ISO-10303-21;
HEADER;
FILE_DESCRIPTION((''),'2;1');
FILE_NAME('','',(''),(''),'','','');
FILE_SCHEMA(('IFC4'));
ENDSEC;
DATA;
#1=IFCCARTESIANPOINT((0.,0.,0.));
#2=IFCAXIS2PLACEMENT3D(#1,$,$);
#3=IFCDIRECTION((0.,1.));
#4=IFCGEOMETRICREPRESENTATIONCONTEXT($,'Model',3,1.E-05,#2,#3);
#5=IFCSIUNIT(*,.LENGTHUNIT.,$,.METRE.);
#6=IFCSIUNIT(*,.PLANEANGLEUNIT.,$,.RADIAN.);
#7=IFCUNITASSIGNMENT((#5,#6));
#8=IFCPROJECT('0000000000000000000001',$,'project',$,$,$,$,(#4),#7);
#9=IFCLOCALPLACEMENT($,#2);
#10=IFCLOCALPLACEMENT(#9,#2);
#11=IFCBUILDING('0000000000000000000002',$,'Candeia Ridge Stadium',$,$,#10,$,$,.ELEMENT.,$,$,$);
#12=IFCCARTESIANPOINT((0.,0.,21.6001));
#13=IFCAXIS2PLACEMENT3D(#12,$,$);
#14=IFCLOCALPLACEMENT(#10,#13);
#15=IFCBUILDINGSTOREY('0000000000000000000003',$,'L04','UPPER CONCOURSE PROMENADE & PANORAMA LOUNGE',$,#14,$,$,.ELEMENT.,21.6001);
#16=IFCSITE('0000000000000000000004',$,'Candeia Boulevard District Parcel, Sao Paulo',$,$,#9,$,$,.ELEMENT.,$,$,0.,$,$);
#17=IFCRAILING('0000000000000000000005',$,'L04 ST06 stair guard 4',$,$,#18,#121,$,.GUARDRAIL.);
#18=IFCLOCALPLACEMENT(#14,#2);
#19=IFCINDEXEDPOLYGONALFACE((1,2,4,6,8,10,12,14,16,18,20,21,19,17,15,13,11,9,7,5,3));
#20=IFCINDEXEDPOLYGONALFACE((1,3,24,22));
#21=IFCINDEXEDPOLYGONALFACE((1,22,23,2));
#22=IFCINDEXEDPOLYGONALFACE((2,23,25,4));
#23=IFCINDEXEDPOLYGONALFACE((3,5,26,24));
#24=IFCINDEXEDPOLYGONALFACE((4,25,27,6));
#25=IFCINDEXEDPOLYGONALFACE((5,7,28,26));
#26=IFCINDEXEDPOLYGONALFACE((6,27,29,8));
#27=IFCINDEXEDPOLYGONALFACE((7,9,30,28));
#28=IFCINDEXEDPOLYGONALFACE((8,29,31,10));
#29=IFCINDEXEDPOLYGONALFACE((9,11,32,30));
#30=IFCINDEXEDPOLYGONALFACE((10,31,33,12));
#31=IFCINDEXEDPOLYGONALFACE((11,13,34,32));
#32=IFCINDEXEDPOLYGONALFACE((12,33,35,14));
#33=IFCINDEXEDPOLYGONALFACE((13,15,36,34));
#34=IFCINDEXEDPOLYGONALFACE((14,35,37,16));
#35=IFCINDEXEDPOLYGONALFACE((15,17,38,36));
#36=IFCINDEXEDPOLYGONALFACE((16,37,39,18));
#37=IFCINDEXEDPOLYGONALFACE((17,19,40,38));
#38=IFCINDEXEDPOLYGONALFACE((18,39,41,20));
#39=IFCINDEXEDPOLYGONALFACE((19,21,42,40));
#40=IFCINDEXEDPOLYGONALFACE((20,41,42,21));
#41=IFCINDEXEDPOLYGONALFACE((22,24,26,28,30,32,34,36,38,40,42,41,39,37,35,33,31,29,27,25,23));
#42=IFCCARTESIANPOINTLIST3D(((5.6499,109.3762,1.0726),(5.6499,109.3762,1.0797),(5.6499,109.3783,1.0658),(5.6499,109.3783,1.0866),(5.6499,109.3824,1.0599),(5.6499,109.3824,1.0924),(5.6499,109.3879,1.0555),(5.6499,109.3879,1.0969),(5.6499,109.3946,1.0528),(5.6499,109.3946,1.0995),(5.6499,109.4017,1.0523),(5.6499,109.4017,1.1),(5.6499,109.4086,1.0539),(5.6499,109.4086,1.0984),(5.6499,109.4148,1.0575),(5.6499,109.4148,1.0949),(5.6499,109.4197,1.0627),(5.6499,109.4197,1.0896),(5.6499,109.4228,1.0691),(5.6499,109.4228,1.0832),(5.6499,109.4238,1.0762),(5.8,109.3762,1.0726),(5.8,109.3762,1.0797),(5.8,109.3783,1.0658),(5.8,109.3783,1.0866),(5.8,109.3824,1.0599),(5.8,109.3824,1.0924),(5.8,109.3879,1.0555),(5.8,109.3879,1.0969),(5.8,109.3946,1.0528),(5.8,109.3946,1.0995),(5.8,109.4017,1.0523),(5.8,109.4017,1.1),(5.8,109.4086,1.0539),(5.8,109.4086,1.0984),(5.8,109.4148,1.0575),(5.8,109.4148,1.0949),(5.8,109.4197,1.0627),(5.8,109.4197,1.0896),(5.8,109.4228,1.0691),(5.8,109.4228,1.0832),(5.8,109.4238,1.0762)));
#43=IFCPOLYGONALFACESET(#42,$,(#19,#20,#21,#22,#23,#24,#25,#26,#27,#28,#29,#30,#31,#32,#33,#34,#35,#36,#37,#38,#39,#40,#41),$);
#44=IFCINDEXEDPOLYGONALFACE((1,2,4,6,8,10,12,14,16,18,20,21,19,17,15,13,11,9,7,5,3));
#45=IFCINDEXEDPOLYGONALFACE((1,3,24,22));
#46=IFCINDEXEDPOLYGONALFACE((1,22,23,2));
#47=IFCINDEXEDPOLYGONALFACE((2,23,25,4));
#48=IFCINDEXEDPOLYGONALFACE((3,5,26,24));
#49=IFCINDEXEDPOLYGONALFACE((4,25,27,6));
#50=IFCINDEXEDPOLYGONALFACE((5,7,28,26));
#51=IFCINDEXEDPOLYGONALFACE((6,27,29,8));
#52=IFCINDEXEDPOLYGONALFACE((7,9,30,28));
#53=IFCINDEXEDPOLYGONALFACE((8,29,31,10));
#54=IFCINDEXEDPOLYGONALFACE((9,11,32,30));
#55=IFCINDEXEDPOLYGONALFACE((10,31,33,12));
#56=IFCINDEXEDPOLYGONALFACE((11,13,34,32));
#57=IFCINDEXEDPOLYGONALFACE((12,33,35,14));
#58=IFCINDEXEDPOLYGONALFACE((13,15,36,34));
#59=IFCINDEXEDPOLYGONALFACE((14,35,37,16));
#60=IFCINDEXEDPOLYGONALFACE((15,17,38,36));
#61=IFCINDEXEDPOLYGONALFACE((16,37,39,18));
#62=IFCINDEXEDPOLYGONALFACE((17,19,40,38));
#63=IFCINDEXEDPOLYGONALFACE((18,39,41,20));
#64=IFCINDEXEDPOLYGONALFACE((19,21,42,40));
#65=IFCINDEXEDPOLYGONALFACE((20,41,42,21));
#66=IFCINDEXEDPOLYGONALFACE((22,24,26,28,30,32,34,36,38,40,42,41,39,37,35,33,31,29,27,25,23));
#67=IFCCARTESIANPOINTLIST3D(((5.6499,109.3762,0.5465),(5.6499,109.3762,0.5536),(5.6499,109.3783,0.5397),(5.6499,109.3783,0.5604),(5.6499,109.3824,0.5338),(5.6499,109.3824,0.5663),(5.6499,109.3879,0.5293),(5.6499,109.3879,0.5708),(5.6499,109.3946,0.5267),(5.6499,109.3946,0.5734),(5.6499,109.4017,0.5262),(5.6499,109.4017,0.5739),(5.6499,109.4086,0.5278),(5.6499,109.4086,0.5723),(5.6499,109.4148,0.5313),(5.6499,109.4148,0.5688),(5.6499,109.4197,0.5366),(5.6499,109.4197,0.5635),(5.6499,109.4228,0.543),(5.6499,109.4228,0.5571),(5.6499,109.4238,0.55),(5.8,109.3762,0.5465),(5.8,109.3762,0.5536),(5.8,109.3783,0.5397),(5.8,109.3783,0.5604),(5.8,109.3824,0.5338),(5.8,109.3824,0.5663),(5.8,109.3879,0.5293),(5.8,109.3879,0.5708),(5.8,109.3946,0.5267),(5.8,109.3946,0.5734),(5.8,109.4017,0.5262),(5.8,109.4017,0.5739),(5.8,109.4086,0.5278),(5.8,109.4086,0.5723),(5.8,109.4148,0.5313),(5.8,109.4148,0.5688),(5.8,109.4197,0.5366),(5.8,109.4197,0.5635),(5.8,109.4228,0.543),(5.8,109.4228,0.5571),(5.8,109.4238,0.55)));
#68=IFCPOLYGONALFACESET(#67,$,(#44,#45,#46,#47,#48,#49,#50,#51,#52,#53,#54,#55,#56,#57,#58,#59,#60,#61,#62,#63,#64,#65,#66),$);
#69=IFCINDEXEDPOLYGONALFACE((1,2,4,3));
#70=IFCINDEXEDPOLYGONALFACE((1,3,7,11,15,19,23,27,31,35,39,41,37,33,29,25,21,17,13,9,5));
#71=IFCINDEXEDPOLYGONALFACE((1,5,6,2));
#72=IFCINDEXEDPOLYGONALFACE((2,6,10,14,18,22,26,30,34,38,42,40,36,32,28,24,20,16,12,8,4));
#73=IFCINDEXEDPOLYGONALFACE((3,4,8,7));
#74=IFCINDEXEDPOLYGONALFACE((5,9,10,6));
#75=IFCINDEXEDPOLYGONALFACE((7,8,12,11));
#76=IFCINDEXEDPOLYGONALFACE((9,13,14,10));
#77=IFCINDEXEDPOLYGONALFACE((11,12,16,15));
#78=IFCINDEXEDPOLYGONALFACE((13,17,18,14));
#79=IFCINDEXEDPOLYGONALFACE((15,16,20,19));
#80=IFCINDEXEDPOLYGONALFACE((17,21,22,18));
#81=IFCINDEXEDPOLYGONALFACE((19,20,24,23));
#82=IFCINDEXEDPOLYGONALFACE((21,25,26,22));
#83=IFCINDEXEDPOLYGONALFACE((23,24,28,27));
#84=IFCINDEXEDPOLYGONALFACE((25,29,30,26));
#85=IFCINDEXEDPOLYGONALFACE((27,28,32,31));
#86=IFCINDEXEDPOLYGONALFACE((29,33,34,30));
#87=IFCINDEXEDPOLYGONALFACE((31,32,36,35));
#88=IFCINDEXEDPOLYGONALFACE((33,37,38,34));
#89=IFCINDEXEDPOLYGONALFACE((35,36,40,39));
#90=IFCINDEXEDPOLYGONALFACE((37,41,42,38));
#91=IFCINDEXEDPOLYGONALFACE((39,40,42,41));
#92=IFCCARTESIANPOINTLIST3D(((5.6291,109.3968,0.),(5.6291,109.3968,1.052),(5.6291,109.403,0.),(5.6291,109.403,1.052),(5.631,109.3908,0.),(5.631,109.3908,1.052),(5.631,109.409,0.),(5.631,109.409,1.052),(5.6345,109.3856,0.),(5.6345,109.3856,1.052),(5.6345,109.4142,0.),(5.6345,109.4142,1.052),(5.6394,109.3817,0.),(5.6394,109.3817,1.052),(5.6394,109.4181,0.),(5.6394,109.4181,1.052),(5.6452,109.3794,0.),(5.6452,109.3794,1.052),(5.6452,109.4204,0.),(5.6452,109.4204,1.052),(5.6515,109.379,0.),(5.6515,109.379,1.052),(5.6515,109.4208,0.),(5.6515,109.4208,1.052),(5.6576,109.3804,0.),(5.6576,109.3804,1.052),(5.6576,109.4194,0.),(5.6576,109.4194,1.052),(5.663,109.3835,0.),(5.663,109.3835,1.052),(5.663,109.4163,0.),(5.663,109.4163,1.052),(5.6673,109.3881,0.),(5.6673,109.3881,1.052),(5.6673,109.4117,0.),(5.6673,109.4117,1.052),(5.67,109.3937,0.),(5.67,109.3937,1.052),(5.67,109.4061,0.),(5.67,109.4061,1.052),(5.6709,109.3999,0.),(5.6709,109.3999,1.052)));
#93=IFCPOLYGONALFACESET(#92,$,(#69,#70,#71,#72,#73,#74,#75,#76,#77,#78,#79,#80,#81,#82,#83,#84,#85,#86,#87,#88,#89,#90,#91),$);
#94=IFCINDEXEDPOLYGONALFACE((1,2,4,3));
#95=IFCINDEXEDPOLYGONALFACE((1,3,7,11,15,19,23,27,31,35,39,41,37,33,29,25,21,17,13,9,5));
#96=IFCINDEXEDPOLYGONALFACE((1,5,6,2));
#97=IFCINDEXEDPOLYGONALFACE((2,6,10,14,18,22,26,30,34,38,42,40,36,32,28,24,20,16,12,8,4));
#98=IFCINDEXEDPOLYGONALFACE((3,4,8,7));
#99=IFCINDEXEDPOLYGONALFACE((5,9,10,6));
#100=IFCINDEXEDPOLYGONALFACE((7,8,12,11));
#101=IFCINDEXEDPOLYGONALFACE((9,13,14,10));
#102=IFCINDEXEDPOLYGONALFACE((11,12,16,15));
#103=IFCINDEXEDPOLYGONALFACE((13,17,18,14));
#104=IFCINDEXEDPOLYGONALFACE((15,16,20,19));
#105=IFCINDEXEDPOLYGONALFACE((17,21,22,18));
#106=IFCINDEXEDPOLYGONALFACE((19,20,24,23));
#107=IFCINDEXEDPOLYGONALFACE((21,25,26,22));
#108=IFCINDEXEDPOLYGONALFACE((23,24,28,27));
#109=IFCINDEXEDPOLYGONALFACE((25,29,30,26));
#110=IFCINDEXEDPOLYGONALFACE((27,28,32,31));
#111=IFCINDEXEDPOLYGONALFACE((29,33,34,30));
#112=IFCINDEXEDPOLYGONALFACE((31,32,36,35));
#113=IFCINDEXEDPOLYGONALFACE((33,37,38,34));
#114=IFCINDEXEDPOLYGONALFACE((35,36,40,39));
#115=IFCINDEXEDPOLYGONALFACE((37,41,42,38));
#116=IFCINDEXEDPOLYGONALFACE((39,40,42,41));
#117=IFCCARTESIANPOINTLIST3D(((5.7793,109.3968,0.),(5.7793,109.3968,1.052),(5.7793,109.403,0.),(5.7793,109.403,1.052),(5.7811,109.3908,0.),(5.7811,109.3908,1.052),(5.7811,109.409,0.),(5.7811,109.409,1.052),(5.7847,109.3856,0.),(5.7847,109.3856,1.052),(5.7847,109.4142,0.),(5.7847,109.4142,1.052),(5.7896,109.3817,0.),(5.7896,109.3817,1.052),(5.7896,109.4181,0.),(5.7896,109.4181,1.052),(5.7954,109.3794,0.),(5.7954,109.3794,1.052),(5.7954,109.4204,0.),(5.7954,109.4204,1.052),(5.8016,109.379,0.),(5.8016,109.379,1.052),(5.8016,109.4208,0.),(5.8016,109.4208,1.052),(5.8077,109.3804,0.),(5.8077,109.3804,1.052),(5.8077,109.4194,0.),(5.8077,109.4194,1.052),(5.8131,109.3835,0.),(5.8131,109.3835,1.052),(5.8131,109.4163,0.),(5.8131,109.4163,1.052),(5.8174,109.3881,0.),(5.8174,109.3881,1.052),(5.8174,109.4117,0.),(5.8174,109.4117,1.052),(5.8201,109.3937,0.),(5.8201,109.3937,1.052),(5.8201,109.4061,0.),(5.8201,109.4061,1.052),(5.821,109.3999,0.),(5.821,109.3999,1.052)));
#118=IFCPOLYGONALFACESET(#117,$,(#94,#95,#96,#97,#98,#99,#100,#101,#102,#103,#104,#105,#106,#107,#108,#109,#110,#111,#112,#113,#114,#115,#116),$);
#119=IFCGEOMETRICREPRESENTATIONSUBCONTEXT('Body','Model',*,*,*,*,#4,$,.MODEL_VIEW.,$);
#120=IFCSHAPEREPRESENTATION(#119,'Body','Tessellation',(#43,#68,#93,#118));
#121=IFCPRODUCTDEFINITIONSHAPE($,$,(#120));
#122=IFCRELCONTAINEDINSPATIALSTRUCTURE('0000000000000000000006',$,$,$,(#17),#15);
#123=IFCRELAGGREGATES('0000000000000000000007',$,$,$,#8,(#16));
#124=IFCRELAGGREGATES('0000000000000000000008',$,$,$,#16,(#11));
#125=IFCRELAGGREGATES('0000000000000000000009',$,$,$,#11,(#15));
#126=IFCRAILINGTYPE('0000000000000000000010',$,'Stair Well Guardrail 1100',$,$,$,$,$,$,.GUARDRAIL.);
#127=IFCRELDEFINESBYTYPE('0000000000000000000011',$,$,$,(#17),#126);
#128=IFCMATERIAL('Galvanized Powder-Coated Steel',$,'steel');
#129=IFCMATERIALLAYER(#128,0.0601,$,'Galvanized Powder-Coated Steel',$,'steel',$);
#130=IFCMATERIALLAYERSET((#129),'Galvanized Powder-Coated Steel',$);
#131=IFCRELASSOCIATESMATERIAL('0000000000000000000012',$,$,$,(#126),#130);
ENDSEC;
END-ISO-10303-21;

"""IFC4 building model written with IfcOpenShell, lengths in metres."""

from ifc_helpers import new_model, si_unit, direction, frame, origin, origin_2d, place, context, subcontext, project, spatial, circle, extrude, material, layer, layer_set, type_object, element, save


model = new_model("IFC4")

# Units and contexts
model_context = context("Model", 3, precision=1e-05, world=origin(), true_north=direction((0.0, 1.0)))
body_context = subcontext(model_context, "Body", "Model", "MODEL_VIEW")
ifc_project = project(units=[si_unit("LENGTHUNIT", "METRE"), si_unit("PLANEANGLEUNIT", "RADIAN")], contexts=[model_context])

# Site, building, storey
site_placement = place(None, origin())
site = spatial("IfcSite", under=ifc_project, at=site_placement, Name="Candeia Boulevard District Parcel, Sao Paulo", CompositionType="ELEMENT", RefElevation=0.0)
building_placement = place(site_placement, origin())
building = spatial("IfcBuilding", under=site, at=building_placement, Name="Candeia Ridge Stadium", CompositionType="ELEMENT")
storey_placement = place(building_placement, frame((0.0, 0.0, 21.6001)))
storey = spatial("IfcBuildingStorey", under=building, at=storey_placement, Name="L04", Description="UPPER CONCOURSE PROMENADE & PANORAMA LOUNGE", CompositionType="ELEMENT", Elevation=21.6001)

# Railing
ifc_material_1 = material(Name="Galvanized Powder-Coated Steel", Category="steel")
ifc_layer_1 = layer(ifc_material_1, 0.0601, Name="Galvanized Powder-Coated Steel", Category="steel")
ifc_layer_set_1 = layer_set([ifc_layer_1], Name="Galvanized Powder-Coated Steel")
railing_type_1 = type_object("IfcRailingType", Name="Stair Well Guardrail 1100", PredefinedType="GUARDRAIL", material=ifc_layer_set_1)
railing_1_placement = place(storey_placement, frame((5.6499, 109.3999, 0.0)))
element("IfcRailing", 1, at=railing_1_placement, inside=storey, type_object=railing_type_1, Name="L04 ST06 stair guard 4", PredefinedType="GUARDRAIL", context=body_context, shape_type="SweptSolid", body=[
    extrude(circle(Radius=0.0239, at=origin_2d()), frame((0.0, 0.0, 1.0762), z_axis=(1.0, 0.0, 0.0), x_axis=(0.0, 1.0, 0.0)), (0.0, 0.0, 1.0), 0.1501),
    extrude(circle(Radius=0.0239, at=origin_2d()), frame((0.0, 0.0, 0.55), z_axis=(1.0, 0.0, 0.0), x_axis=(0.0, 1.0, 0.0)), (0.0, 0.0, 1.0), 0.1501),
    extrude(circle(Radius=0.021, at=origin_2d()), origin(), (0.0, 0.0, 1.0), 1.052),
    extrude(circle(Radius=0.021, at=origin_2d()), frame((0.1501, 0.0, 0.0)), (0.0, 0.0, 1.0), 1.052),
])

save(model, "model.ifc")
